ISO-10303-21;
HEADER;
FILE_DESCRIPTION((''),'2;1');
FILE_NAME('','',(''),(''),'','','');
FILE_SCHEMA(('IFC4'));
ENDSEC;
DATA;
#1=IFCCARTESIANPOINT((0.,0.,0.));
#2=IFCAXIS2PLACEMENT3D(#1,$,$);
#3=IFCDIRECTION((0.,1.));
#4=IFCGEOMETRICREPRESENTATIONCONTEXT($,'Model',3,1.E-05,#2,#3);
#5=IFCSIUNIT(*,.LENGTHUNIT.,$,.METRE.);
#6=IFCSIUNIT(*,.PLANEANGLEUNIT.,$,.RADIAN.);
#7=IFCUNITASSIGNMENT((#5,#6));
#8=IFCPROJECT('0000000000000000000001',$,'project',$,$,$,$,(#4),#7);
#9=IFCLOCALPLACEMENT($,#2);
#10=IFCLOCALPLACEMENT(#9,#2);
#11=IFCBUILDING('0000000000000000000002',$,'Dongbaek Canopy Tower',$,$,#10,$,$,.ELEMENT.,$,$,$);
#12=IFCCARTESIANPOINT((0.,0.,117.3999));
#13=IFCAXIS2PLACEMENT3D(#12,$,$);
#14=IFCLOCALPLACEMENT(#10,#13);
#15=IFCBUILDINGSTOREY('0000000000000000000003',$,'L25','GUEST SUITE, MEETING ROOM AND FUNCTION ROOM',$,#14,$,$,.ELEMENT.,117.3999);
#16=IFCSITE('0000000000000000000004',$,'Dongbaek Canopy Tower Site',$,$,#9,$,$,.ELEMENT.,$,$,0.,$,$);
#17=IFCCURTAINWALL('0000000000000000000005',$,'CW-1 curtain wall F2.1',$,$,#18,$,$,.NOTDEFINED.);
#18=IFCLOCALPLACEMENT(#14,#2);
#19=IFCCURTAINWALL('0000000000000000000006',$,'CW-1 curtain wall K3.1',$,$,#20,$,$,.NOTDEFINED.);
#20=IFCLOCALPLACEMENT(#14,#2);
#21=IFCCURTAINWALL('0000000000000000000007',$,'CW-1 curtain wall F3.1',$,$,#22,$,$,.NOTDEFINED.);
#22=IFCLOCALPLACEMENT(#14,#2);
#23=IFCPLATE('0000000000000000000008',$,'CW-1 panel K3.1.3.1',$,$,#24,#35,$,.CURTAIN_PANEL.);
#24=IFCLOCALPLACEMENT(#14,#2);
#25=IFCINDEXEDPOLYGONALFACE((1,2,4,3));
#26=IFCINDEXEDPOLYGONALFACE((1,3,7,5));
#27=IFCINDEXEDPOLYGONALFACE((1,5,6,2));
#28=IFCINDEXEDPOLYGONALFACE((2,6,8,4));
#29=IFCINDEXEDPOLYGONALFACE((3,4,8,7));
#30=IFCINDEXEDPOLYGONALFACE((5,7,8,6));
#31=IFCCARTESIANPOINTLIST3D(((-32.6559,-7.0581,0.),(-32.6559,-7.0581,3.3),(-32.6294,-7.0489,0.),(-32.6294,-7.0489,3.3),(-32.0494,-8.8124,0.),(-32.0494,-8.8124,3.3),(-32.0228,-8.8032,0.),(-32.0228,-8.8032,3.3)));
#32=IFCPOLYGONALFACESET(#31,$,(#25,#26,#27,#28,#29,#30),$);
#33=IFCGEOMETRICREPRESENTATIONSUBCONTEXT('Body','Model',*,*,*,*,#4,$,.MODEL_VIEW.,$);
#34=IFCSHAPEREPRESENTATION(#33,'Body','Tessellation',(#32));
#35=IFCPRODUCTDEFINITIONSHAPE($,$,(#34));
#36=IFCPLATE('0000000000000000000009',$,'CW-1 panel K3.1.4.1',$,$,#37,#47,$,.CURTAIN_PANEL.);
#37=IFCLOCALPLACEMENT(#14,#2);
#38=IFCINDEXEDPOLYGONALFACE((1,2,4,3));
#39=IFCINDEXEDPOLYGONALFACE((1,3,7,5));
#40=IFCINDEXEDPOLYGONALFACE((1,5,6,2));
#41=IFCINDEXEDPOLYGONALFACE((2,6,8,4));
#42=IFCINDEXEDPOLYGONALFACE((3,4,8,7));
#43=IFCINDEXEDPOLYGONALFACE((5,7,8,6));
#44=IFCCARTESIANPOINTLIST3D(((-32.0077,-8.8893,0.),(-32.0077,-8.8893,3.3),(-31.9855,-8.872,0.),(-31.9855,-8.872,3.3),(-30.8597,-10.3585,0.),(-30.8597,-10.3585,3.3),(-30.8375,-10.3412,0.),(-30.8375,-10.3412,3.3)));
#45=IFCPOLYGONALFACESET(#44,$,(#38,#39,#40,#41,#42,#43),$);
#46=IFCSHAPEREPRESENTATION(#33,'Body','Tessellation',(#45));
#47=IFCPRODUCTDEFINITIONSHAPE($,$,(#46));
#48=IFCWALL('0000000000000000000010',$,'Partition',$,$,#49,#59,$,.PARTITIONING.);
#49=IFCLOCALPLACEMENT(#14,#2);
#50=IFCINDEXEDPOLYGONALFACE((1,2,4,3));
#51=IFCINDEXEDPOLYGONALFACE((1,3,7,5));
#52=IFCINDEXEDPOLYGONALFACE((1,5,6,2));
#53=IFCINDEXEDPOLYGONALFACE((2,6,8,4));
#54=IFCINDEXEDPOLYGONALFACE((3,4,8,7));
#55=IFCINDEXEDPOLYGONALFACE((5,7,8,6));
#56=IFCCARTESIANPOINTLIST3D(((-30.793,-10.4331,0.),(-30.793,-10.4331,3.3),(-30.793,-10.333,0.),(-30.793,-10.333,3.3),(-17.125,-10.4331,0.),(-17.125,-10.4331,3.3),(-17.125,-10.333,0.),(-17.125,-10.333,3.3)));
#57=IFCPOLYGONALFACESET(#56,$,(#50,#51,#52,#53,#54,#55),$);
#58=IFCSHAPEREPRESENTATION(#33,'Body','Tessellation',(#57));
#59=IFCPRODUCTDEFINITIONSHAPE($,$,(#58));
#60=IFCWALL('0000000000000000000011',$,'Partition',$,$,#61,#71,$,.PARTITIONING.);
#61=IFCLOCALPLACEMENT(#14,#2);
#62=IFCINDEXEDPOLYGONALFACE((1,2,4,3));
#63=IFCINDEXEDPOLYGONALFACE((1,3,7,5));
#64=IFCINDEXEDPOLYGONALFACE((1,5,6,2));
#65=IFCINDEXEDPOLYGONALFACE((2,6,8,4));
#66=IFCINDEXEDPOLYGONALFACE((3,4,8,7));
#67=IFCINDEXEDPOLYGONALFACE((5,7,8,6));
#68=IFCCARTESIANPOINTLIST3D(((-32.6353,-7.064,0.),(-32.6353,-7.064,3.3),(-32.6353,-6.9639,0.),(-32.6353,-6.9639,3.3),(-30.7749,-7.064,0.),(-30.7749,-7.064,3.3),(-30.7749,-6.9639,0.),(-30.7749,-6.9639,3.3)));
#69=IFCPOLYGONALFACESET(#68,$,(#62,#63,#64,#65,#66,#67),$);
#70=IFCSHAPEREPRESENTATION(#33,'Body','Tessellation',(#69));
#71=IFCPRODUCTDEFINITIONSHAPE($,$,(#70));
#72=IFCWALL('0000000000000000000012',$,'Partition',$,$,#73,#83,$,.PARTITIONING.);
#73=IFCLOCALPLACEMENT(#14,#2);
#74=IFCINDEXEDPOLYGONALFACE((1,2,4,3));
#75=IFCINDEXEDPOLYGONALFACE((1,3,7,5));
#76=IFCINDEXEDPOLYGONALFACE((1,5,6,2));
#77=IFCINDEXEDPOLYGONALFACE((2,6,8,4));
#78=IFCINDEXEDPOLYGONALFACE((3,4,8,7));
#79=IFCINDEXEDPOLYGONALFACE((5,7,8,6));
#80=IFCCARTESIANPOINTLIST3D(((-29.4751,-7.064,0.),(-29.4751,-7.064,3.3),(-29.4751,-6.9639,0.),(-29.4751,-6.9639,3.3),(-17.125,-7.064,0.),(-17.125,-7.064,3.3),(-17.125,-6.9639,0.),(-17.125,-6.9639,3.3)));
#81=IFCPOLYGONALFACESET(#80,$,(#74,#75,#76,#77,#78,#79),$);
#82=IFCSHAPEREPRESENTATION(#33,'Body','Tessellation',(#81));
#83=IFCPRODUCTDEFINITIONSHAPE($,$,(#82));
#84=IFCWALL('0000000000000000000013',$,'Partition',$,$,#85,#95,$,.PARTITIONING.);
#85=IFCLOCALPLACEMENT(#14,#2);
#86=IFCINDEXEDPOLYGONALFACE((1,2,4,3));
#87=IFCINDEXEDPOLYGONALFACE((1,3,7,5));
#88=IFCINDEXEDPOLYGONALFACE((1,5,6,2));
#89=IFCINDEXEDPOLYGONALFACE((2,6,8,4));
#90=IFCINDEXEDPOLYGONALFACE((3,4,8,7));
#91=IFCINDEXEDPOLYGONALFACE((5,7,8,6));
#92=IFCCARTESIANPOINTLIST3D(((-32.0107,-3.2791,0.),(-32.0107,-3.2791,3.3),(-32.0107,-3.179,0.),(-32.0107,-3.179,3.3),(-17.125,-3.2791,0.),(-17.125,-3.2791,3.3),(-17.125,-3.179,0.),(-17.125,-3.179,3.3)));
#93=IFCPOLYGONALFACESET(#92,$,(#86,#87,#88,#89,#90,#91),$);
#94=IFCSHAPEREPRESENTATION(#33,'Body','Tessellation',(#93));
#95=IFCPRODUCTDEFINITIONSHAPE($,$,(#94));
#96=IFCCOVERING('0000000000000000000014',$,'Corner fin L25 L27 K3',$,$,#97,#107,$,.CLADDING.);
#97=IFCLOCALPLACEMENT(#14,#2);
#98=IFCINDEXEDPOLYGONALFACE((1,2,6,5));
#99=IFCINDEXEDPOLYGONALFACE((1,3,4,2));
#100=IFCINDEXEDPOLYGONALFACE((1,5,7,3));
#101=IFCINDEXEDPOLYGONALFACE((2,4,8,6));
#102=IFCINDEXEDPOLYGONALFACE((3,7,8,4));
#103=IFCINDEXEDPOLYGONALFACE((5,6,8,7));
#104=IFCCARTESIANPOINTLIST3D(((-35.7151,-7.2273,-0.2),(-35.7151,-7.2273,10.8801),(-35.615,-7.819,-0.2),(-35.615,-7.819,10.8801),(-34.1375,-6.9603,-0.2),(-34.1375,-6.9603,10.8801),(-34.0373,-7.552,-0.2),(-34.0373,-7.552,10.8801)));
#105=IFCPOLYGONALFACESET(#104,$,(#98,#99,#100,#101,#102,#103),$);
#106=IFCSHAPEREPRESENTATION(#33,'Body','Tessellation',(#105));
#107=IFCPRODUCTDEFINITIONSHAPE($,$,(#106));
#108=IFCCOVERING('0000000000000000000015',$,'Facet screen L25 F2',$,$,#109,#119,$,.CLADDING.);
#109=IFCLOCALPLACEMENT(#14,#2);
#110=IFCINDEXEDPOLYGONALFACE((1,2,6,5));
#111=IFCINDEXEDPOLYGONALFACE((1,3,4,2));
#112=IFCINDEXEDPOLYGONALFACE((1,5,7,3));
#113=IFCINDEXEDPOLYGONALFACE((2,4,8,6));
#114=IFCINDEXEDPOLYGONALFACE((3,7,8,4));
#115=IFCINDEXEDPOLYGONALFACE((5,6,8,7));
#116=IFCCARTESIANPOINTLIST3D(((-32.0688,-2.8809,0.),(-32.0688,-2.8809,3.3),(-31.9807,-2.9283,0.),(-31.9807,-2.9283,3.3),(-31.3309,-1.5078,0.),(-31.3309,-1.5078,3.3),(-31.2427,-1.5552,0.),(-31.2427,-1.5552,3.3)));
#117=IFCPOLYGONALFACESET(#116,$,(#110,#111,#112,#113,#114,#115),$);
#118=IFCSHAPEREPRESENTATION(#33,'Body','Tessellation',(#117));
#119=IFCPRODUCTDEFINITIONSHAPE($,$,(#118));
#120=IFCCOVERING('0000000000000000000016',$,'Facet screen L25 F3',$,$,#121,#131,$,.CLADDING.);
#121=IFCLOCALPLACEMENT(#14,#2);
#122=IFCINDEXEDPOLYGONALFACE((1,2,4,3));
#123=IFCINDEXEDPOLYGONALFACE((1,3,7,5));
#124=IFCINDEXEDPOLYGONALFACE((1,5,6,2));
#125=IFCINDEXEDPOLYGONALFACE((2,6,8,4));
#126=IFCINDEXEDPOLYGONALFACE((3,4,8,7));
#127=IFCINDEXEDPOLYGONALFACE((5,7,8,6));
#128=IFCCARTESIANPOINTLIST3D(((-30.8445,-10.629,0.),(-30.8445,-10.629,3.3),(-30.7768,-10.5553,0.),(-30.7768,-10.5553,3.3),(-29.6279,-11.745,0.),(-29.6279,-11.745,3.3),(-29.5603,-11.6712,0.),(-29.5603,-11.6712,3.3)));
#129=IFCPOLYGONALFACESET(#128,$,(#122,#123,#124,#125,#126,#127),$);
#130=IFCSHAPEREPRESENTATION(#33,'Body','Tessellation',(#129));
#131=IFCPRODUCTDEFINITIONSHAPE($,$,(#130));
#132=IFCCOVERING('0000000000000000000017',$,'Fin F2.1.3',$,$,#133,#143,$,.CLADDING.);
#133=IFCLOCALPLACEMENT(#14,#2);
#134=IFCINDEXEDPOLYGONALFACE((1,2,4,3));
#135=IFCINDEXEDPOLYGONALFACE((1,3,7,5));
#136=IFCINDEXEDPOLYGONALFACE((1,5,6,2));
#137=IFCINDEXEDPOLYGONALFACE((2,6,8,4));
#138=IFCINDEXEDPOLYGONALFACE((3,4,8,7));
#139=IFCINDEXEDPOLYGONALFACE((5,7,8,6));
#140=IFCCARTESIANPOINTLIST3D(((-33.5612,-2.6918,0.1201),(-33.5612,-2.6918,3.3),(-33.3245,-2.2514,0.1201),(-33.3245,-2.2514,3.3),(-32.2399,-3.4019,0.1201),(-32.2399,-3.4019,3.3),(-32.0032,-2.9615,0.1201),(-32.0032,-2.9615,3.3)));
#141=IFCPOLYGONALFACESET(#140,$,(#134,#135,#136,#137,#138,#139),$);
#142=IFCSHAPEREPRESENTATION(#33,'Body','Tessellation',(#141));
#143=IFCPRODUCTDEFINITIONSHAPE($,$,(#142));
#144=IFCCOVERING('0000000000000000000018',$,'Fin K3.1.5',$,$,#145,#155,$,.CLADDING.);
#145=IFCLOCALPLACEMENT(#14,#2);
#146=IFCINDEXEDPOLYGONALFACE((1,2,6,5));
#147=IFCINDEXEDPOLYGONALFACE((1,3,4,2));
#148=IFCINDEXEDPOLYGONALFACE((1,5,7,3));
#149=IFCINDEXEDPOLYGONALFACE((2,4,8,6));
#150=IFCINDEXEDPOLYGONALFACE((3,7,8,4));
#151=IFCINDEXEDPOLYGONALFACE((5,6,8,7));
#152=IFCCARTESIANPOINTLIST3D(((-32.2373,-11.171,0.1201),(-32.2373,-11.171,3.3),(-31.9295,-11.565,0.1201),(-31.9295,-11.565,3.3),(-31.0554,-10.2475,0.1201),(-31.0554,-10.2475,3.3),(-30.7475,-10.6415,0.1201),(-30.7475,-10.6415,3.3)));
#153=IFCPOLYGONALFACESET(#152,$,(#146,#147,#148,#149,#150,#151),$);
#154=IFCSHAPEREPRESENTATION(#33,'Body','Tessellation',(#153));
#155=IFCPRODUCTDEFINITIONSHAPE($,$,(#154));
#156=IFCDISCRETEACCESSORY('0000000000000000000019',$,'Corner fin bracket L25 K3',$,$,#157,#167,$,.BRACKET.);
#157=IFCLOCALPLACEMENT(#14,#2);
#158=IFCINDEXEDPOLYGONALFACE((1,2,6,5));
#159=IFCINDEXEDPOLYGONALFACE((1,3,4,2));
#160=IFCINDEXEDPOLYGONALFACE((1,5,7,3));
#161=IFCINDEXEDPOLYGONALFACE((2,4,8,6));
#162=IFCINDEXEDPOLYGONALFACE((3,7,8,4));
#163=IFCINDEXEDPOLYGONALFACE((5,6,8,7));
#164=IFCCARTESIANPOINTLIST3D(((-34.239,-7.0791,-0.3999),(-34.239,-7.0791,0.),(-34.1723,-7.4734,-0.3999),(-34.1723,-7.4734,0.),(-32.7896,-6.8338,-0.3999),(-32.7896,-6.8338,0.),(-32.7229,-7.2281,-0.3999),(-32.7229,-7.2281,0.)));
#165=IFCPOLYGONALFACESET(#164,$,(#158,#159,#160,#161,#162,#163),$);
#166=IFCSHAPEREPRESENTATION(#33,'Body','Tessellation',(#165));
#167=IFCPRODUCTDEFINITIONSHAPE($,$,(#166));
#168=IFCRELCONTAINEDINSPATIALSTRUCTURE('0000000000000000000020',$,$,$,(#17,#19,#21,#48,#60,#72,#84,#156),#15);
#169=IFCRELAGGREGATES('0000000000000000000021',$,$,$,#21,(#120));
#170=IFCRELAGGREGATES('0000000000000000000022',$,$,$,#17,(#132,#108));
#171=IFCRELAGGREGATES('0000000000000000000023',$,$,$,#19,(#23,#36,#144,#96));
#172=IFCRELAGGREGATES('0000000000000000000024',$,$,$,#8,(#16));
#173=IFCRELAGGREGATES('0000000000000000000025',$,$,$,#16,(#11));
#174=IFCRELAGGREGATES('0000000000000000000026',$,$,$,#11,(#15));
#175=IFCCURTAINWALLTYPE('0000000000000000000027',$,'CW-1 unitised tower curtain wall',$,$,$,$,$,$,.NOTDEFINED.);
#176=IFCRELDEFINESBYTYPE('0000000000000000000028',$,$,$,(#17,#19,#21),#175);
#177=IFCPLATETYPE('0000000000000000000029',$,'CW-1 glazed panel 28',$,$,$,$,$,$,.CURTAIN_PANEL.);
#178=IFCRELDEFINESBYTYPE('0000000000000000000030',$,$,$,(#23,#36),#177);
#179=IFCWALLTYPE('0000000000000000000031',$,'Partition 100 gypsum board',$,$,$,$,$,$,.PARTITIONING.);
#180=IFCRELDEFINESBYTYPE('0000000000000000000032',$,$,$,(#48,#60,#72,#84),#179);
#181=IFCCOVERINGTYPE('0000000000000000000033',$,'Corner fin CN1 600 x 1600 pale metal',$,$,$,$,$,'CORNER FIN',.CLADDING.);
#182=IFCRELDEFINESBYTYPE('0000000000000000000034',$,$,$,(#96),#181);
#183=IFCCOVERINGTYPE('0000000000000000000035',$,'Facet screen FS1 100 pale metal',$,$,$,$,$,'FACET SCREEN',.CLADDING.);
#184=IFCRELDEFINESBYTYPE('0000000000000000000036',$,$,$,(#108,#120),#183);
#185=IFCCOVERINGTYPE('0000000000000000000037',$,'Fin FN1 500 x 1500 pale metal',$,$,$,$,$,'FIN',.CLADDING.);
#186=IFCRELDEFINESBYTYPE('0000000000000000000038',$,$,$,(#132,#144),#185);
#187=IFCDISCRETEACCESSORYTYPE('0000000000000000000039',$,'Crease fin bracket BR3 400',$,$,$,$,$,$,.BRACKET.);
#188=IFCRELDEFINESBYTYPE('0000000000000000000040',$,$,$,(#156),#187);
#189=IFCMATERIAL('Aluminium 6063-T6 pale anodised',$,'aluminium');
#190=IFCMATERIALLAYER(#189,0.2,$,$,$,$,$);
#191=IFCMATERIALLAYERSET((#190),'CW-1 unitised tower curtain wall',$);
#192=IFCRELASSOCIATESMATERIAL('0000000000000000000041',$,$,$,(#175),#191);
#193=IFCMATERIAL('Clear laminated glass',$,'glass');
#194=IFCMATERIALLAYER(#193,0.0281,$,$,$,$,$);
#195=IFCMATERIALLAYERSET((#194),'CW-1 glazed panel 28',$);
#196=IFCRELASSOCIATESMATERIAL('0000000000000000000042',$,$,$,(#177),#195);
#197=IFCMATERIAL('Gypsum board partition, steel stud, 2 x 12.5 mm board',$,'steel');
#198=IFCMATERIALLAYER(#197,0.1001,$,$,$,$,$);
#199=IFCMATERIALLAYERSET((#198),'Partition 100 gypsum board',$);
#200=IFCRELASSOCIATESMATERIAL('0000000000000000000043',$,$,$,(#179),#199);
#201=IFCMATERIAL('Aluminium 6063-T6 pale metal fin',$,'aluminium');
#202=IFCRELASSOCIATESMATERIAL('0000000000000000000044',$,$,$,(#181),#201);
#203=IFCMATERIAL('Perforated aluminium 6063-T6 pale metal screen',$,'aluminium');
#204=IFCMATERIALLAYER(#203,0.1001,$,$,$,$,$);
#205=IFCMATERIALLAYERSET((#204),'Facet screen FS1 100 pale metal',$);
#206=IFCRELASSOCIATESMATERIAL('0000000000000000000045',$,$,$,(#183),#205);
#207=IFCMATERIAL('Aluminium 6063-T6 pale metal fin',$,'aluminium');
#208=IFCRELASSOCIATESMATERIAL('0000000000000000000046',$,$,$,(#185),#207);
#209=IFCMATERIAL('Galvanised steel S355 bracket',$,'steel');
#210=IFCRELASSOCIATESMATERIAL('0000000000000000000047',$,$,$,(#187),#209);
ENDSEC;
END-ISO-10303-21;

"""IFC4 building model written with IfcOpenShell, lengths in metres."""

from ifc_helpers import new_model, si_unit, direction, frame, frame_2d, origin, origin_2d, place, context, subcontext, project, spatial, rectangle, extrude, material, layer, layer_set, material_profile, profile_set, type_object, element, aggregate, save


model = new_model("IFC4")

# Units and contexts
model_context = context("Model", 3, precision=1e-05, world=origin(), true_north=direction((0.0, 1.0)))
body_context = subcontext(model_context, "Body", "Model", "MODEL_VIEW")
ifc_project = project(units=[si_unit("LENGTHUNIT", "METRE"), si_unit("PLANEANGLEUNIT", "RADIAN")], contexts=[model_context])

# Site, building, storey
site_placement = place(None, origin())
site = spatial("IfcSite", under=ifc_project, at=site_placement, Name="Dongbaek Canopy Tower Site", CompositionType="ELEMENT", RefElevation=0.0)
building_placement = place(site_placement, origin())
building = spatial("IfcBuilding", under=site, at=building_placement, Name="Dongbaek Canopy Tower", CompositionType="ELEMENT")
storey_placement = place(building_placement, frame((0.0, 0.0, 117.3999)))
storey = spatial("IfcBuildingStorey", under=building, at=storey_placement, Name="L25", Description="GUEST SUITE, MEETING ROOM AND FUNCTION ROOM", CompositionType="ELEMENT", Elevation=117.3999)

# Curtain wall
ifc_material_1 = material(Name="Aluminium 6063-T6 pale anodised", Category="aluminium")
ifc_layer_1 = layer(ifc_material_1, 0.2)
ifc_layer_set_1 = layer_set([ifc_layer_1], Name="CW-1 unitised tower curtain wall")
curtain_wall_type = type_object("IfcCurtainWallType", Name="CW-1 unitised tower curtain wall", PredefinedType="NOTDEFINED", material=ifc_layer_set_1)
curtain_wall_1_placement = place(storey_placement, origin())
curtain_wall_1 = element("IfcCurtainWall", 1, at=curtain_wall_1_placement, inside=storey, type_object=curtain_wall_type, Name="CW-1 curtain wall F2.1", PredefinedType="NOTDEFINED")

# Curtain wall
curtain_wall_2_placement = place(storey_placement, origin())
curtain_wall_2 = element("IfcCurtainWall", 2, at=curtain_wall_2_placement, inside=storey, type_object=curtain_wall_type, Name="CW-1 curtain wall K3.1", PredefinedType="NOTDEFINED")

# Curtain wall
curtain_wall_3_placement = place(storey_placement, origin())
curtain_wall_3 = element("IfcCurtainWall", 3, at=curtain_wall_3_placement, inside=storey, type_object=curtain_wall_type, Name="CW-1 curtain wall F3.1", PredefinedType="NOTDEFINED")

# Plates
ifc_material_2 = material(Name="Clear laminated glass", Category="glass")
ifc_layer_2 = layer(ifc_material_2, 0.0281)
ifc_layer_set_2 = layer_set([ifc_layer_2], Name="CW-1 glazed panel 28")
plate_type = type_object("IfcPlateType", Name="CW-1 glazed panel 28", PredefinedType="CURTAIN_PANEL", material=ifc_layer_set_2)
plate_1_placement = place(storey_placement, frame((-32.3394, -7.9307, 0.0), z_axis=(0.0, 0.0, 1.0), x_axis=(0.326766, -0.945105, 0.0)))
plate_1 = element("IfcPlate", 4, at=plate_1_placement, type_object=plate_type, Name="CW-1 panel K3.1.3.1", PredefinedType="CURTAIN_PANEL", context=body_context, shape_type="SweptSolid", body=[
    extrude(rectangle(XDim=1.8562, YDim=0.0281, at=origin_2d()), origin(), (0.0, 0.0, 1.0), 3.3),
])
plate_2_placement = place(storey_placement, frame((-31.4226, -9.6152, 0.0), z_axis=(0.0, 0.0, 1.0), x_axis=(0.615716, -0.787968, 0.0)))
plate_2 = element("IfcPlate", 5, at=plate_2_placement, type_object=plate_type, Name="CW-1 panel K3.1.4.1", PredefinedType="CURTAIN_PANEL", context=body_context, shape_type="SweptSolid", body=[
    extrude(rectangle(XDim=1.8645, YDim=0.0281, at=origin_2d()), origin(), (0.0, 0.0, 1.0), 3.3),
])

# Walls
ifc_material_3 = material(Name="Gypsum board partition, steel stud, 2 x 12.5 mm board", Category="steel")
ifc_layer_3 = layer(ifc_material_3, 0.1001)
ifc_layer_set_3 = layer_set([ifc_layer_3], Name="Partition 100 gypsum board")
wall_type = type_object("IfcWallType", Name="Partition 100 gypsum board", PredefinedType="PARTITIONING", material=ifc_layer_set_3)
wall_1_placement = place(storey_placement, frame((-30.793, -10.3831, 0.0), z_axis=(0.0, 0.0, 1.0), x_axis=(1.0, 0.0, 0.0)))
element("IfcWall", 6, at=wall_1_placement, inside=storey, type_object=wall_type, Name="Partition", PredefinedType="PARTITIONING", context=body_context, shape_type="SweptSolid", body=[
    extrude(rectangle(XDim=13.668, YDim=0.1001, at=frame_2d((6.834, 0.0))), origin(), (0.0, 0.0, 1.0), 3.3),
])
wall_2_placement = place(storey_placement, frame((-32.6353, -7.0139, 0.0), z_axis=(0.0, 0.0, 1.0), x_axis=(1.0, 0.0, 0.0)))
element("IfcWall", 7, at=wall_2_placement, inside=storey, type_object=wall_type, Name="Partition", PredefinedType="PARTITIONING", context=body_context, shape_type="SweptSolid", body=[
    extrude(rectangle(XDim=1.8604, YDim=0.1001, at=frame_2d((0.9302, 0.0))), origin(), (0.0, 0.0, 1.0), 3.3),
])
wall_3_placement = place(storey_placement, frame((-29.4751, -7.0139, 0.0), z_axis=(0.0, 0.0, 1.0), x_axis=(1.0, 0.0, 0.0)))
element("IfcWall", 8, at=wall_3_placement, inside=storey, type_object=wall_type, Name="Partition", PredefinedType="PARTITIONING", context=body_context, shape_type="SweptSolid", body=[
    extrude(rectangle(XDim=12.3501, YDim=0.1001, at=frame_2d((6.175, 0.0))), origin(), (0.0, 0.0, 1.0), 3.3),
])
wall_4_placement = place(storey_placement, frame((-32.0107, -3.229, 0.0), z_axis=(0.0, 0.0, 1.0), x_axis=(1.0, 0.0, 0.0)))
element("IfcWall", 9, at=wall_4_placement, inside=storey, type_object=wall_type, Name="Partition", PredefinedType="PARTITIONING", context=body_context, shape_type="SweptSolid", body=[
    extrude(rectangle(XDim=14.8857, YDim=0.1001, at=frame_2d((7.4429, 0.0))), origin(), (0.0, 0.0, 1.0), 3.3),
])

# Coverings
ifc_material_4 = material(Name="Aluminium 6063-T6 pale metal fin", Category="aluminium")
ifc_material_profile_1 = material_profile(ifc_material_4, rectangle(XDim=1.6001, YDim=0.6001, at=origin_2d()), Name="Corner fin CN1 600 x 1600 pale metal")
ifc_profile_set_1 = profile_set([ifc_material_profile_1], Name="Aluminium 6063-T6 pale metal fin")
covering_type_1 = type_object("IfcCoveringType", Name="Corner fin CN1 600 x 1600 pale metal", ElementType="CORNER FIN", PredefinedType="CLADDING", material=ifc_profile_set_1)
covering_1_placement = place(storey_placement, frame((-34.8762, -7.3896, -0.2), z_axis=(0.0, 0.0, 1.0), x_axis=(-0.985976, -0.166887, 0.0)))
covering_1 = element("IfcCovering", 10, at=covering_1_placement, type_object=covering_type_1, Name="Corner fin L25 L27 K3", PredefinedType="CLADDING", context=body_context, shape_type="SweptSolid", body=[
    extrude(rectangle(XDim=1.6001, YDim=0.6001, at=origin_2d()), origin(), (0.0, 0.0, 1.0), 11.0801),
])
ifc_material_5 = material(Name="Perforated aluminium 6063-T6 pale metal screen", Category="aluminium")
ifc_layer_4 = layer(ifc_material_5, 0.1001)
ifc_layer_set_4 = layer_set([ifc_layer_4], Name="Facet screen FS1 100 pale metal")
covering_type_2 = type_object("IfcCoveringType", Name="Facet screen FS1 100 pale metal", ElementType="FACET SCREEN", PredefinedType="CLADDING", material=ifc_layer_set_4)
covering_2_placement = place(storey_placement, frame((-31.6558, -2.218, 0.0), z_axis=(0.0, 0.0, 1.0), x_axis=(-0.473409, -0.880843, 0.0)))
covering_2 = element("IfcCovering", 11, at=covering_2_placement, type_object=covering_type_2, Name="Facet screen L25 F2", PredefinedType="CLADDING", context=body_context, shape_type="SweptSolid", body=[
    extrude(rectangle(XDim=1.5588, YDim=0.1001, at=origin_2d()), origin(), (0.0, 0.0, 1.0), 3.3),
])
covering_3_placement = place(storey_placement, frame((-30.2024, -11.1501, 0.0), z_axis=(0.0, 0.0, 1.0), x_axis=(0.73692, -0.67598, 0.0)))
covering_3 = element("IfcCovering", 12, at=covering_3_placement, type_object=covering_type_2, Name="Facet screen L25 F3", PredefinedType="CLADDING", context=body_context, shape_type="SweptSolid", body=[
    extrude(rectangle(XDim=1.6509, YDim=0.1001, at=origin_2d()), origin(), (0.0, 0.0, 1.0), 3.3),
])
aggregate(curtain_wall_3, [covering_3])
ifc_material_6 = material(Name="Aluminium 6063-T6 pale metal fin", Category="aluminium")
ifc_material_profile_2 = material_profile(ifc_material_6, rectangle(XDim=1.5, YDim=0.5, at=origin_2d()), Name="Fin FN1 500 x 1500 pale metal")
ifc_profile_set_2 = profile_set([ifc_material_profile_2], Name="Aluminium 6063-T6 pale metal fin")
covering_type_3 = type_object("IfcCoveringType", Name="Fin FN1 500 x 1500 pale metal", ElementType="FIN", PredefinedType="CLADDING", material=ifc_profile_set_2)
covering_4_placement = place(storey_placement, frame((-32.7822, -2.8267, 0.1201), z_axis=(0.0, 0.0, 1.0), x_axis=(-0.880843, 0.473409, 0.0)))
covering_4 = element("IfcCovering", 13, at=covering_4_placement, type_object=covering_type_3, Name="Fin F2.1.3", PredefinedType="CLADDING", context=body_context, shape_type="SweptSolid", body=[
    extrude(rectangle(XDim=1.5, YDim=0.5, at=origin_2d()), origin(), (0.0, 0.0, 1.0), 3.1799),
])
aggregate(curtain_wall_1, [covering_4, covering_2])
covering_5_placement = place(storey_placement, frame((-31.4924, -10.9062, 0.1201), z_axis=(0.0, 0.0, 1.0), x_axis=(-0.787968, -0.615716, 0.0)))
covering_5 = element("IfcCovering", 14, at=covering_5_placement, type_object=covering_type_3, Name="Fin K3.1.5", PredefinedType="CLADDING", context=body_context, shape_type="SweptSolid", body=[
    extrude(rectangle(XDim=1.5, YDim=0.5, at=origin_2d()), origin(), (0.0, 0.0, 1.0), 3.1799),
])
aggregate(curtain_wall_2, [plate_1, plate_2, covering_5, covering_1])

# Discrete accessory
ifc_material_7 = material(Name="Galvanised steel S355 bracket", Category="steel")
discrete_accessory_type = type_object("IfcDiscreteAccessoryType", Name="Crease fin bracket BR3 400", PredefinedType="BRACKET", material=ifc_material_7)
discrete_accessory_placement = place(storey_placement, frame((-33.481, -7.1536, -0.3999), z_axis=(0.0, 0.0, 1.0), x_axis=(-0.985976, -0.166887, 0.0)))
element("IfcDiscreteAccessory", 15, at=discrete_accessory_placement, inside=storey, type_object=discrete_accessory_type, Name="Corner fin bracket L25 K3", PredefinedType="BRACKET", context=body_context, shape_type="SweptSolid", body=[
    extrude(rectangle(XDim=1.47, YDim=0.3999, at=origin_2d()), origin(), (0.0, 0.0, 1.0), 0.3999),
])

save(model, "model.ifc")
